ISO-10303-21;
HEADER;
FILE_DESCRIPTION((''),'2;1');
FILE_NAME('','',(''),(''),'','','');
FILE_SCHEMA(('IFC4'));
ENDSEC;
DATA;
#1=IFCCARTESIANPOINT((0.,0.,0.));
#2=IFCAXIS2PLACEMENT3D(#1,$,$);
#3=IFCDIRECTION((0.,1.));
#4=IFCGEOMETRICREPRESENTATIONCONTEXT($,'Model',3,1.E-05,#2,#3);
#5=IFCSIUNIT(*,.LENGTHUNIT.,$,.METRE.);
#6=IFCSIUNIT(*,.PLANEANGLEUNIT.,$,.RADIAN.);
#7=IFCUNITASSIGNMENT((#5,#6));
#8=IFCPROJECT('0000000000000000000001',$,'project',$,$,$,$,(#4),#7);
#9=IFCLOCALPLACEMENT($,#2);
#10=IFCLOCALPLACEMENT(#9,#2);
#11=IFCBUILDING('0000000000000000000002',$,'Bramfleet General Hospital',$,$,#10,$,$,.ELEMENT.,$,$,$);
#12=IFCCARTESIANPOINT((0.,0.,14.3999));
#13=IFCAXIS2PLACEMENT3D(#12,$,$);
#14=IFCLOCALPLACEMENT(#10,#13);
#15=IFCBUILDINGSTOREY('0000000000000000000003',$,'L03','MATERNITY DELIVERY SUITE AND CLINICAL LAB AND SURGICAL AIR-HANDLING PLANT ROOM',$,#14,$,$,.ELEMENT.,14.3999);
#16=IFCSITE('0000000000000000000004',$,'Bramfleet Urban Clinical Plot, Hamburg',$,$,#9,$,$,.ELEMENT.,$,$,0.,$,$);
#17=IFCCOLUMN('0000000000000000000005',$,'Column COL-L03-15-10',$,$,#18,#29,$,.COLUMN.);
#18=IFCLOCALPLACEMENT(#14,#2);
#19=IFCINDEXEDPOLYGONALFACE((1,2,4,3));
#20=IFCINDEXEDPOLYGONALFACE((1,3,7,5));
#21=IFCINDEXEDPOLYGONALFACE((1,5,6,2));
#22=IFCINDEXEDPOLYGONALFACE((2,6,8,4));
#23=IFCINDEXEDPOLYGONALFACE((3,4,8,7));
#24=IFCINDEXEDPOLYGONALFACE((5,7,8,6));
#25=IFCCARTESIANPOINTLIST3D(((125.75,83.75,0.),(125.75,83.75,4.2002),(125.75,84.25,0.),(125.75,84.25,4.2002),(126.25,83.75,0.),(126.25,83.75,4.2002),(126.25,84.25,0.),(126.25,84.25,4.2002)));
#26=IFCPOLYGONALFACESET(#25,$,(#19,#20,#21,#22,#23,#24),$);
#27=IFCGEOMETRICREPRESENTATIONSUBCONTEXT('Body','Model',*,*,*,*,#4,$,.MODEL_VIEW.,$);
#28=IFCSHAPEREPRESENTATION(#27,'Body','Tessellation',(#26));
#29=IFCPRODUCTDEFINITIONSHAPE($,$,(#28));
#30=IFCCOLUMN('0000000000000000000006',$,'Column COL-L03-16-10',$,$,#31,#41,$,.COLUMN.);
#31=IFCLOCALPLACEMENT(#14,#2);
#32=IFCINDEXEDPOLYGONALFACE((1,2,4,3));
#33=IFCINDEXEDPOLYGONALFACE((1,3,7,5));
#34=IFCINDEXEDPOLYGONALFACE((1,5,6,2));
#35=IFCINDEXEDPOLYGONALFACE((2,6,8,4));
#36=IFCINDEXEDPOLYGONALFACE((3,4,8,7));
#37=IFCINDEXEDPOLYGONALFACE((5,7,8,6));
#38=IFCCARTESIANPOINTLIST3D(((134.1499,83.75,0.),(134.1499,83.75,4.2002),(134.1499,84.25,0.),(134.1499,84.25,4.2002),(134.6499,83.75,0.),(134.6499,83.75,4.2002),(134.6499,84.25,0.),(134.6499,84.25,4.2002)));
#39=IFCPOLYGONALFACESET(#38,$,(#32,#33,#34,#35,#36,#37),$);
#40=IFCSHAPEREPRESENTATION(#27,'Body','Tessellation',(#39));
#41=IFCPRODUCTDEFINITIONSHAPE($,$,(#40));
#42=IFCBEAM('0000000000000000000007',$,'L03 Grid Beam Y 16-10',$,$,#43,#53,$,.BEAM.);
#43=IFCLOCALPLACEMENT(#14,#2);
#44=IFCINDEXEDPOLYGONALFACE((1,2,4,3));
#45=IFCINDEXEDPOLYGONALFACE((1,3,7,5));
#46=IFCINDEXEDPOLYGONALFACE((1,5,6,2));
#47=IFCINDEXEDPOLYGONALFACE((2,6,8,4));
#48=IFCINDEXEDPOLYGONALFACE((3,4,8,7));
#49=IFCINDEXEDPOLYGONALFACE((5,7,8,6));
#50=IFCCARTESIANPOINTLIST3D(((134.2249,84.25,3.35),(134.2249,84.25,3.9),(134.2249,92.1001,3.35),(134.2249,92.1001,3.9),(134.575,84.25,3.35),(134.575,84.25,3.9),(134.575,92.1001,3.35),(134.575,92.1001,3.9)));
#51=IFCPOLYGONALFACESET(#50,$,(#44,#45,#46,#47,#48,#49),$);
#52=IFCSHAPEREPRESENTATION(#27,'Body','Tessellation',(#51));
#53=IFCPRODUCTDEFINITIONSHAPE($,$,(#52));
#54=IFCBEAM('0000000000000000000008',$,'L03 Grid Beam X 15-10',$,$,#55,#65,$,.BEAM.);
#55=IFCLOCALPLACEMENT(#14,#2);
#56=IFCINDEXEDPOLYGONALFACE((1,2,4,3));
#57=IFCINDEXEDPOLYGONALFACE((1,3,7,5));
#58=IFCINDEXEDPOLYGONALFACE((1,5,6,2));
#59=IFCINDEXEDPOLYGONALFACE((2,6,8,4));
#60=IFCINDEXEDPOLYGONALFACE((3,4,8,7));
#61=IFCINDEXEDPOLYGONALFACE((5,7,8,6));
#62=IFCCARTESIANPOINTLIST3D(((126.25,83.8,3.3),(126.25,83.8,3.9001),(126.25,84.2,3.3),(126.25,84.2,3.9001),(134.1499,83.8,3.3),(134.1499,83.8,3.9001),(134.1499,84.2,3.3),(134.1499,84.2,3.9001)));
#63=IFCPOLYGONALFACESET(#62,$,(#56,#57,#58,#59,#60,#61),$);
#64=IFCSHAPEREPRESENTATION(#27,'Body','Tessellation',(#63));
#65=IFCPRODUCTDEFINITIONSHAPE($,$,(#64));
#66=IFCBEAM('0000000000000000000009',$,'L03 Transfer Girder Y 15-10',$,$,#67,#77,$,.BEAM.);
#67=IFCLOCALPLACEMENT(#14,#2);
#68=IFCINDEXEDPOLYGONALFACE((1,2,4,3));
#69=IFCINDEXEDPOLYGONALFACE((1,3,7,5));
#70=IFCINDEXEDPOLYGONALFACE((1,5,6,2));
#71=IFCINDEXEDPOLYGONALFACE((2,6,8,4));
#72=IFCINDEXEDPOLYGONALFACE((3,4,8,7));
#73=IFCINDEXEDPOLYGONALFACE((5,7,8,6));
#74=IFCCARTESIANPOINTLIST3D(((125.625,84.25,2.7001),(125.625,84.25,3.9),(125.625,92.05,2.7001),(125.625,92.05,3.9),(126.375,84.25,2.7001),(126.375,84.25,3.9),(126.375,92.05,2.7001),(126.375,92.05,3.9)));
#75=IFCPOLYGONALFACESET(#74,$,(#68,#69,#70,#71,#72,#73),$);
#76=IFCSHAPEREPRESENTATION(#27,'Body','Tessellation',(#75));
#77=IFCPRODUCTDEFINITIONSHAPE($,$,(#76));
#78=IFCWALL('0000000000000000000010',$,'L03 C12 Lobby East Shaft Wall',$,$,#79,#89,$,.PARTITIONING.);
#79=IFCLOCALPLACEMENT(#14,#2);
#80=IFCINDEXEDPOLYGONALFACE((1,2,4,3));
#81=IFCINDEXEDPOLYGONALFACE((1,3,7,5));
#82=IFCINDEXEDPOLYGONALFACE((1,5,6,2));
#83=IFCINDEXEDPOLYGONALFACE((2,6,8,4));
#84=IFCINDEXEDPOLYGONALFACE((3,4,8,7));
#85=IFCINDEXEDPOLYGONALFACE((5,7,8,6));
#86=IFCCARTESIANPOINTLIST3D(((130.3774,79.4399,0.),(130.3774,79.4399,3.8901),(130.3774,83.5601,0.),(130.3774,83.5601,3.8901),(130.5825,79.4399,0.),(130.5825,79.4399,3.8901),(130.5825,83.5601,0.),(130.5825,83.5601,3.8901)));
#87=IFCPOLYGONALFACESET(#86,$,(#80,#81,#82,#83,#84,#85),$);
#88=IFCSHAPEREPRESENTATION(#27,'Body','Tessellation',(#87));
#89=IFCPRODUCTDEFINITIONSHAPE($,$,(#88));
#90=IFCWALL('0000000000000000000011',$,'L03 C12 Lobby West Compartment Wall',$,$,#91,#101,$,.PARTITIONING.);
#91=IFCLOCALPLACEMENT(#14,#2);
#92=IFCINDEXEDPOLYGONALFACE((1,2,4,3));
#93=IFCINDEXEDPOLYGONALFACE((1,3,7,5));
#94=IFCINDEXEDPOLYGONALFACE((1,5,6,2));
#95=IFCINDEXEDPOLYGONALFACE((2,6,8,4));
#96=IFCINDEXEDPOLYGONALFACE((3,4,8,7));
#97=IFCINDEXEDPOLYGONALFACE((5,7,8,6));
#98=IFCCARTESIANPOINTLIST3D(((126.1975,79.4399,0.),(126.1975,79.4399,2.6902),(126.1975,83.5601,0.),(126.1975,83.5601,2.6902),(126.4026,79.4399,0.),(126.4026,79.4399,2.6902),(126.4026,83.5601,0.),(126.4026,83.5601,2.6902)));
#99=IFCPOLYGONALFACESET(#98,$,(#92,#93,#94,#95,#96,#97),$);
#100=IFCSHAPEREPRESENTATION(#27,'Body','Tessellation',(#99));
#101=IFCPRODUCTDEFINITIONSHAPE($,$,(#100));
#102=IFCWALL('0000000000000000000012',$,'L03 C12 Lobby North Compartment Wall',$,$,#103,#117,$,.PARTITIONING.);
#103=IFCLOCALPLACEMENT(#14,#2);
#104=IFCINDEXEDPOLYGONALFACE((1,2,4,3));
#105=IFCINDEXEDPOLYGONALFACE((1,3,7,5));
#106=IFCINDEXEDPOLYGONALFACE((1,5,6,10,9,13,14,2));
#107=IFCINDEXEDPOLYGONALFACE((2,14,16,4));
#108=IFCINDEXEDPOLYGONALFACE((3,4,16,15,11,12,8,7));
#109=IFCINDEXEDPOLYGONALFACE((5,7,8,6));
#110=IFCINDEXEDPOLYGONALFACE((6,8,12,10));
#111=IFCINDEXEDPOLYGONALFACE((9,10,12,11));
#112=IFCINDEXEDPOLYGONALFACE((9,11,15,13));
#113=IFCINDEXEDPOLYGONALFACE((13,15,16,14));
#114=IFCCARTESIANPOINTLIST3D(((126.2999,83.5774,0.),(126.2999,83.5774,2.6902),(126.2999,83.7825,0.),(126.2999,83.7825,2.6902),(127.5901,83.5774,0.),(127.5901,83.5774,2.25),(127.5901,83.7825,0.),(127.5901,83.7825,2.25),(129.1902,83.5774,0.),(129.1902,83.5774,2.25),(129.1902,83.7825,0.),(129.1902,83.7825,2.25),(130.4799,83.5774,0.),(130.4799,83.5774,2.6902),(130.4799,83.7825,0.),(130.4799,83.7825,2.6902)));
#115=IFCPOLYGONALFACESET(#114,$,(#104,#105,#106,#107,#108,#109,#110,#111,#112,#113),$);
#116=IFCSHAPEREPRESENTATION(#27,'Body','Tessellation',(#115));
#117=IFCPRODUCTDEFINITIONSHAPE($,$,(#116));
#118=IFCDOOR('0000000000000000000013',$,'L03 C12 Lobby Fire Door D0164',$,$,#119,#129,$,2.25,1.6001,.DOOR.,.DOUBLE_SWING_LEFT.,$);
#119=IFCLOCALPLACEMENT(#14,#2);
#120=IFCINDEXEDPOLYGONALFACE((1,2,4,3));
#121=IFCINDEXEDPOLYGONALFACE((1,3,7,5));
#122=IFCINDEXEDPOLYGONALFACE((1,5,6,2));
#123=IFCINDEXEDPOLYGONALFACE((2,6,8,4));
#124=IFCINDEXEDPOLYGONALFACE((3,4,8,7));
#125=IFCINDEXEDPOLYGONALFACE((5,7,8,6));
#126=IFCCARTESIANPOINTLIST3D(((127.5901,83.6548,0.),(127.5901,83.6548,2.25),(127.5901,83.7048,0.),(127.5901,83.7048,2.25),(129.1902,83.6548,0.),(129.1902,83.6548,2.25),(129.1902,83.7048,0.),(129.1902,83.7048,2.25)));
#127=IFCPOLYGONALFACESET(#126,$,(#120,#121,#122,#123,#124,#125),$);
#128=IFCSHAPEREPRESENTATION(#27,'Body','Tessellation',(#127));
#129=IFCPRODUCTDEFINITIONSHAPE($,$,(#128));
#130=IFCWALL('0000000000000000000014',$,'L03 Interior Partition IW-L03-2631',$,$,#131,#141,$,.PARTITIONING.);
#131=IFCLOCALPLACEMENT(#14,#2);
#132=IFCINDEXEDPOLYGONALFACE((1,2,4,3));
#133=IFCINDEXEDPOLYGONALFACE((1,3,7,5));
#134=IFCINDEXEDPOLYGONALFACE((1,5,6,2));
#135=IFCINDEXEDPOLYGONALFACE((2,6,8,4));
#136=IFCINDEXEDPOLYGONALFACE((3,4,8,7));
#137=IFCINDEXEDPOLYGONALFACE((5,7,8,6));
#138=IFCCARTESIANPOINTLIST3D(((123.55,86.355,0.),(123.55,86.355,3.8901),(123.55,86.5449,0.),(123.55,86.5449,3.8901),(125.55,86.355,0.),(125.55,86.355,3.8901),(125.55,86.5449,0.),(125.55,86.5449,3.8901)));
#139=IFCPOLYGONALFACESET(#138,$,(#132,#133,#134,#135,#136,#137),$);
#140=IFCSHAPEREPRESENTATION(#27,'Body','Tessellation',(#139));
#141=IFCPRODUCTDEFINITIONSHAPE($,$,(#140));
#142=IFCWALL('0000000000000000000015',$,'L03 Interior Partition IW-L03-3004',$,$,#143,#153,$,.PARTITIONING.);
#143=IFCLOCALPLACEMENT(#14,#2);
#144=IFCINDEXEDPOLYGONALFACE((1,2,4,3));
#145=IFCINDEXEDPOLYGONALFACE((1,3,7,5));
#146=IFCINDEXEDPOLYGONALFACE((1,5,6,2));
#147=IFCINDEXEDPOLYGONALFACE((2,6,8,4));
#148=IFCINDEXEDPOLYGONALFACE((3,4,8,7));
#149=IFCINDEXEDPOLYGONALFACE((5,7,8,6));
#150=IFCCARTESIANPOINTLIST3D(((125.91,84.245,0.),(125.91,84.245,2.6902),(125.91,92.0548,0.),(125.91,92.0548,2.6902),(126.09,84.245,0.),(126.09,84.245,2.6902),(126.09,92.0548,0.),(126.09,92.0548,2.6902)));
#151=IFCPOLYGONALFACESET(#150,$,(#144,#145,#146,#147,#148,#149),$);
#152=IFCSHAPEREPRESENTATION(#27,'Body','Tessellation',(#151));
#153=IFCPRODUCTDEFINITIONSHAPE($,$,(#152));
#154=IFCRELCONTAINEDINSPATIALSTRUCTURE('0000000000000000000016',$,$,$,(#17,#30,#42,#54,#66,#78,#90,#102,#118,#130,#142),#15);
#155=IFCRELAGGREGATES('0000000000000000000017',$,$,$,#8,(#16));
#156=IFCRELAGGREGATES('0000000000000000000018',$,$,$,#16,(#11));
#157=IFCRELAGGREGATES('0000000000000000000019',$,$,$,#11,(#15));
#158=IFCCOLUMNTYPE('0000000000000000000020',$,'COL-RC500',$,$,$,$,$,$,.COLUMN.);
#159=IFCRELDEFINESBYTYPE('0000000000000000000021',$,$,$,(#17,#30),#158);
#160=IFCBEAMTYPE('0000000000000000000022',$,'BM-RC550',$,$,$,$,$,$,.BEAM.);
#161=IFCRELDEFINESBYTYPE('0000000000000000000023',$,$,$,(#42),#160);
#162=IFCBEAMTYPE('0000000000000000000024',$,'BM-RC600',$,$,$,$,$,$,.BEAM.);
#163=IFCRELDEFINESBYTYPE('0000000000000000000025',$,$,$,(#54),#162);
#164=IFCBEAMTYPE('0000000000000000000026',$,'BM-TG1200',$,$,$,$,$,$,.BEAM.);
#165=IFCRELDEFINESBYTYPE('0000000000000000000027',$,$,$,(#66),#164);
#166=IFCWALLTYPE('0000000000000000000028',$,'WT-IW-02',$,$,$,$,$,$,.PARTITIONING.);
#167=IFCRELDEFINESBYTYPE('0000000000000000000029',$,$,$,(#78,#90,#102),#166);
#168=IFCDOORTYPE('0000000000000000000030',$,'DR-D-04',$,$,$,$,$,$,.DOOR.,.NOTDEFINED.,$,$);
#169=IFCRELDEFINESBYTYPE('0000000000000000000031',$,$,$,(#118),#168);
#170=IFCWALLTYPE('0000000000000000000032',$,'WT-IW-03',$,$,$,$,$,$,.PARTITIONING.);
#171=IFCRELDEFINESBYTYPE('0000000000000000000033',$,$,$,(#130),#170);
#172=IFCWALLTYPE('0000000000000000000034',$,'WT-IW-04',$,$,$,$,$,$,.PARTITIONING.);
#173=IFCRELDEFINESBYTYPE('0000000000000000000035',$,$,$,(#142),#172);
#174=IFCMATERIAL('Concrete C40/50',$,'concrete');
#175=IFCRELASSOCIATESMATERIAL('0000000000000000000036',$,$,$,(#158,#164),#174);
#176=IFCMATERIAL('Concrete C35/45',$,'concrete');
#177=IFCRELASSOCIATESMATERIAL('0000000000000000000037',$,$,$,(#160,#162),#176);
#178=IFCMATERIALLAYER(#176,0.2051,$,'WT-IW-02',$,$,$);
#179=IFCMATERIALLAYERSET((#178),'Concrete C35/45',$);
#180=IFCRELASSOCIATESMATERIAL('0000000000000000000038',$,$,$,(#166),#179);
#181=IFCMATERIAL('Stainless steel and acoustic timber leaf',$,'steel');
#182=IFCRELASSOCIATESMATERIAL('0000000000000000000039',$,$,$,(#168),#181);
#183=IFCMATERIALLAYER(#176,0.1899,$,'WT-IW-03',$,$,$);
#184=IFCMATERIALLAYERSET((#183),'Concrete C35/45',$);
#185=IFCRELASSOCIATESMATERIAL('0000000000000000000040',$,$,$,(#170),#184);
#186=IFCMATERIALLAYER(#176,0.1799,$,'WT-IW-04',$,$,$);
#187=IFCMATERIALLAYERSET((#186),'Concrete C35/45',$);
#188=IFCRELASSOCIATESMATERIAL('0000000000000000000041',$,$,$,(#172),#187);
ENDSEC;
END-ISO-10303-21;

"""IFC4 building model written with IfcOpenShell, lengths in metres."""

from ifc_helpers import new_model, si_unit, direction, frame, frame_2d, origin, origin_2d, place, context, subcontext, project, spatial, rectangle, extrude, material, layer, layer_set, material_profile, profile_set, type_object, element, fill, save


model = new_model("IFC4")

# Units and contexts
model_context = context("Model", 3, precision=1e-05, world=origin(), true_north=direction((0.0, 1.0)))
body_context = subcontext(model_context, "Body", "Model", "MODEL_VIEW")
ifc_project = project(units=[si_unit("LENGTHUNIT", "METRE"), si_unit("PLANEANGLEUNIT", "RADIAN")], contexts=[model_context])

# Site, building, storey
site_placement = place(None, origin())
site = spatial("IfcSite", under=ifc_project, at=site_placement, Name="Bramfleet Urban Clinical Plot, Hamburg", CompositionType="ELEMENT", RefElevation=0.0)
building_placement = place(site_placement, origin())
building = spatial("IfcBuilding", under=site, at=building_placement, Name="Bramfleet General Hospital", CompositionType="ELEMENT")
storey_placement = place(building_placement, frame((0.0, 0.0, 14.3999)))
storey = spatial("IfcBuildingStorey", under=building, at=storey_placement, Name="L03", Description="MATERNITY DELIVERY SUITE AND CLINICAL LAB AND SURGICAL AIR-HANDLING PLANT ROOM", CompositionType="ELEMENT", Elevation=14.3999)

# Columns
ifc_material_1 = material(Name="Concrete C40/50", Category="concrete")
ifc_material_profile_1 = material_profile(ifc_material_1, rectangle(XDim=0.5, YDim=0.5, at=origin_2d()), Name="RC COL 500x500")
ifc_profile_set_1 = profile_set([ifc_material_profile_1], Name="Concrete C40/50")
column_type = type_object("IfcColumnType", Name="COL-RC500", PredefinedType="COLUMN", material=ifc_profile_set_1)
for number, where, z_axis, x_axis, name in (
    (1, (126.0, 84.0, 0.0), (0.0, 0.0, 1.0), (1.0, 0.0, 0.0), "Column COL-L03-15-10"),
    (2, (134.3999, 84.0, 0.0), (0.0, 0.0, 1.0), (1.0, 0.0, 0.0), "Column COL-L03-16-10"),
):
    element("IfcColumn", number, at=place(storey_placement, frame(where, z_axis=z_axis, x_axis=x_axis)), inside=storey, type_object=column_type, Name=name, PredefinedType="COLUMN", context=body_context, shape_type="SweptSolid", body=[
        extrude(rectangle(XDim=0.5, YDim=0.5, at=origin_2d()), origin(), (0.0, 0.0, 1.0), 4.2002),
    ])

# Beams
ifc_material_2 = material(Name="Concrete C35/45", Category="concrete")
ifc_material_profile_2 = material_profile(ifc_material_2, rectangle(XDim=0.3501, YDim=0.55, at=origin_2d()), Name="RC BM 550x350")
ifc_profile_set_2 = profile_set([ifc_material_profile_2], Name="Concrete C35/45")
beam_type_1 = type_object("IfcBeamType", Name="BM-RC550", PredefinedType="BEAM", material=ifc_profile_set_2)
beam_1_placement = place(storey_placement, frame((134.3999, 84.25, 3.625), z_axis=(0.0, 1.0, 0.0), x_axis=(-1.0, 0.0, 0.0)))
element("IfcBeam", 3, at=beam_1_placement, inside=storey, type_object=beam_type_1, Name="L03 Grid Beam Y 16-10", PredefinedType="BEAM", context=body_context, shape_type="SweptSolid", body=[
    extrude(rectangle(XDim=0.3501, YDim=0.55, at=origin_2d()), origin(), (0.0, 0.0, 1.0), 7.8501),
])
ifc_material_profile_3 = material_profile(ifc_material_2, rectangle(XDim=0.3999, YDim=0.6001, at=origin_2d()), Name="RC BM 600x400")
ifc_profile_set_3 = profile_set([ifc_material_profile_3], Name="Concrete C35/45")
beam_type_2 = type_object("IfcBeamType", Name="BM-RC600", PredefinedType="BEAM", material=ifc_profile_set_3)
beam_2_placement = place(storey_placement, frame((126.25, 84.0, 3.6001), z_axis=(1.0, 0.0, 0.0), x_axis=(0.0, 1.0, 0.0)))
element("IfcBeam", 4, at=beam_2_placement, inside=storey, type_object=beam_type_2, Name="L03 Grid Beam X 15-10", PredefinedType="BEAM", context=body_context, shape_type="SweptSolid", body=[
    extrude(rectangle(XDim=0.3999, YDim=0.6001, at=origin_2d()), origin(), (0.0, 0.0, 1.0), 7.8999),
])
ifc_material_profile_4 = material_profile(ifc_material_1, rectangle(XDim=0.75, YDim=1.2, at=origin_2d()), Name="RC TG 1200x750")
ifc_profile_set_4 = profile_set([ifc_material_profile_4], Name="Concrete C40/50")
beam_type_3 = type_object("IfcBeamType", Name="BM-TG1200", PredefinedType="BEAM", material=ifc_profile_set_4)
beam_3_placement = place(storey_placement, frame((126.0, 84.25, 3.3), z_axis=(0.0, 1.0, 0.0), x_axis=(-1.0, 0.0, 0.0)))
element("IfcBeam", 5, at=beam_3_placement, inside=storey, type_object=beam_type_3, Name="L03 Transfer Girder Y 15-10", PredefinedType="BEAM", context=body_context, shape_type="SweptSolid", body=[
    extrude(rectangle(XDim=0.75, YDim=1.2, at=origin_2d()), origin(), (0.0, 0.0, 1.0), 7.8),
])

# Walls
ifc_layer_1 = layer(ifc_material_2, 0.2051, Name="WT-IW-02")
ifc_layer_set_1 = layer_set([ifc_layer_1], Name="Concrete C35/45")
wall_type_1 = type_object("IfcWallType", Name="WT-IW-02", PredefinedType="PARTITIONING", material=ifc_layer_set_1)
wall_1_placement = place(storey_placement, frame((130.48, 79.4399, 0.0), z_axis=(0.0, 0.0, 1.0), x_axis=(0.0, 1.0, 0.0)))
element("IfcWall", 6, at=wall_1_placement, inside=storey, type_object=wall_type_1, Name="L03 C12 Lobby East Shaft Wall", PredefinedType="PARTITIONING", context=body_context, shape_type="SweptSolid", body=[
    extrude(rectangle(XDim=4.1201, YDim=0.2051, at=frame_2d((2.0601, 0.0))), origin(), (0.0, 0.0, 1.0), 3.8901),
])
wall_2_placement = place(storey_placement, frame((126.3, 79.4399, 0.0), z_axis=(0.0, 0.0, 1.0), x_axis=(0.0, 1.0, 0.0)))
element("IfcWall", 7, at=wall_2_placement, inside=storey, type_object=wall_type_1, Name="L03 C12 Lobby West Compartment Wall", PredefinedType="PARTITIONING", context=body_context, shape_type="SweptSolid", body=[
    extrude(rectangle(XDim=4.1201, YDim=0.2051, at=frame_2d((2.0601, 0.0))), origin(), (0.0, 0.0, 1.0), 2.6902),
])

# Wall, opening, door
wall_3_placement = place(storey_placement, frame((126.3, 83.6799, 0.0), z_axis=(0.0, 0.0, 1.0), x_axis=(1.0, 0.0, 0.0)))
wall_3 = element("IfcWall", 8, at=wall_3_placement, inside=storey, type_object=wall_type_1, Name="L03 C12 Lobby North Compartment Wall", PredefinedType="PARTITIONING", context=body_context, shape_type="SweptSolid", body=[
    extrude(rectangle(XDim=4.1799, YDim=0.2051, at=frame_2d((2.0898, 0.0))), origin(), (0.0, 0.0, 1.0), 2.6902),
])
opening_1_placement = place(wall_3_placement, frame((1.29, 0.0, 0.0)))
opening_1 = element("IfcOpeningElement", 9, at=opening_1_placement, cuts=wall_3, PredefinedType="OPENING", context=body_context, shape_type="SweptSolid", body=[
    extrude(rectangle(XDim=1.6001, YDim=2.25, at=frame_2d((0.8, 1.125))), frame((0.0, 0.1125, 0.0), z_axis=(0.0, -1.0, 0.0), x_axis=(1.0, 0.0, 0.0)), (0.0, 0.0, 1.0), 0.2251),
])
ifc_material_3 = material(Name="Stainless steel and acoustic timber leaf", Category="steel")
door_type_1 = type_object("IfcDoorType", Name="DR-D-04", OperationType="NOTDEFINED", PredefinedType="DOOR", material=ifc_material_3)
door_1_placement = place(opening_1_placement, origin())
door_1 = element("IfcDoor", 10, at=door_1_placement, inside=storey, type_object=door_type_1, Name="L03 C12 Lobby Fire Door D0164", OperationType="DOUBLE_SWING_LEFT", OverallHeight=2.25, OverallWidth=1.6001, PredefinedType="DOOR", context=body_context, shape_type="SweptSolid", body=[
    extrude(rectangle(XDim=1.6001, YDim=2.25, at=frame_2d((0.8, 1.125))), frame((0.0, 0.0249, 0.0), z_axis=(0.0, -1.0, 0.0), x_axis=(1.0, 0.0, 0.0)), (0.0, 0.0, 1.0), 0.05),
])
fill(opening_1, door_1)

# Walls
ifc_layer_2 = layer(ifc_material_2, 0.1899, Name="WT-IW-03")
ifc_layer_set_2 = layer_set([ifc_layer_2], Name="Concrete C35/45")
wall_type_2 = type_object("IfcWallType", Name="WT-IW-03", PredefinedType="PARTITIONING", material=ifc_layer_set_2)
wall_4_placement = place(storey_placement, frame((123.55, 86.45, 0.0), z_axis=(0.0, 0.0, 1.0), x_axis=(1.0, 0.0, 0.0)))
element("IfcWall", 11, at=wall_4_placement, inside=storey, type_object=wall_type_2, Name="L03 Interior Partition IW-L03-2631", PredefinedType="PARTITIONING", context=body_context, shape_type="SweptSolid", body=[
    extrude(rectangle(XDim=2.0, YDim=0.1899, at=frame_2d((1.0, 0.0))), origin(), (0.0, 0.0, 1.0), 3.8901),
])
ifc_layer_3 = layer(ifc_material_2, 0.1799, Name="WT-IW-04")
ifc_layer_set_3 = layer_set([ifc_layer_3], Name="Concrete C35/45")
wall_type_3 = type_object("IfcWallType", Name="WT-IW-04", PredefinedType="PARTITIONING", material=ifc_layer_set_3)
wall_5_placement = place(storey_placement, frame((126.0, 84.2451, 0.0), z_axis=(0.0, 0.0, 1.0), x_axis=(0.0, 1.0, 0.0)))
element("IfcWall", 12, at=wall_5_placement, inside=storey, type_object=wall_type_3, Name="L03 Interior Partition IW-L03-3004", PredefinedType="PARTITIONING", context=body_context, shape_type="SweptSolid", body=[
    extrude(rectangle(XDim=7.8098, YDim=0.1799, at=frame_2d((3.9048, 0.0))), origin(), (0.0, 0.0, 1.0), 2.6902),
])

save(model, "model.ifc")
